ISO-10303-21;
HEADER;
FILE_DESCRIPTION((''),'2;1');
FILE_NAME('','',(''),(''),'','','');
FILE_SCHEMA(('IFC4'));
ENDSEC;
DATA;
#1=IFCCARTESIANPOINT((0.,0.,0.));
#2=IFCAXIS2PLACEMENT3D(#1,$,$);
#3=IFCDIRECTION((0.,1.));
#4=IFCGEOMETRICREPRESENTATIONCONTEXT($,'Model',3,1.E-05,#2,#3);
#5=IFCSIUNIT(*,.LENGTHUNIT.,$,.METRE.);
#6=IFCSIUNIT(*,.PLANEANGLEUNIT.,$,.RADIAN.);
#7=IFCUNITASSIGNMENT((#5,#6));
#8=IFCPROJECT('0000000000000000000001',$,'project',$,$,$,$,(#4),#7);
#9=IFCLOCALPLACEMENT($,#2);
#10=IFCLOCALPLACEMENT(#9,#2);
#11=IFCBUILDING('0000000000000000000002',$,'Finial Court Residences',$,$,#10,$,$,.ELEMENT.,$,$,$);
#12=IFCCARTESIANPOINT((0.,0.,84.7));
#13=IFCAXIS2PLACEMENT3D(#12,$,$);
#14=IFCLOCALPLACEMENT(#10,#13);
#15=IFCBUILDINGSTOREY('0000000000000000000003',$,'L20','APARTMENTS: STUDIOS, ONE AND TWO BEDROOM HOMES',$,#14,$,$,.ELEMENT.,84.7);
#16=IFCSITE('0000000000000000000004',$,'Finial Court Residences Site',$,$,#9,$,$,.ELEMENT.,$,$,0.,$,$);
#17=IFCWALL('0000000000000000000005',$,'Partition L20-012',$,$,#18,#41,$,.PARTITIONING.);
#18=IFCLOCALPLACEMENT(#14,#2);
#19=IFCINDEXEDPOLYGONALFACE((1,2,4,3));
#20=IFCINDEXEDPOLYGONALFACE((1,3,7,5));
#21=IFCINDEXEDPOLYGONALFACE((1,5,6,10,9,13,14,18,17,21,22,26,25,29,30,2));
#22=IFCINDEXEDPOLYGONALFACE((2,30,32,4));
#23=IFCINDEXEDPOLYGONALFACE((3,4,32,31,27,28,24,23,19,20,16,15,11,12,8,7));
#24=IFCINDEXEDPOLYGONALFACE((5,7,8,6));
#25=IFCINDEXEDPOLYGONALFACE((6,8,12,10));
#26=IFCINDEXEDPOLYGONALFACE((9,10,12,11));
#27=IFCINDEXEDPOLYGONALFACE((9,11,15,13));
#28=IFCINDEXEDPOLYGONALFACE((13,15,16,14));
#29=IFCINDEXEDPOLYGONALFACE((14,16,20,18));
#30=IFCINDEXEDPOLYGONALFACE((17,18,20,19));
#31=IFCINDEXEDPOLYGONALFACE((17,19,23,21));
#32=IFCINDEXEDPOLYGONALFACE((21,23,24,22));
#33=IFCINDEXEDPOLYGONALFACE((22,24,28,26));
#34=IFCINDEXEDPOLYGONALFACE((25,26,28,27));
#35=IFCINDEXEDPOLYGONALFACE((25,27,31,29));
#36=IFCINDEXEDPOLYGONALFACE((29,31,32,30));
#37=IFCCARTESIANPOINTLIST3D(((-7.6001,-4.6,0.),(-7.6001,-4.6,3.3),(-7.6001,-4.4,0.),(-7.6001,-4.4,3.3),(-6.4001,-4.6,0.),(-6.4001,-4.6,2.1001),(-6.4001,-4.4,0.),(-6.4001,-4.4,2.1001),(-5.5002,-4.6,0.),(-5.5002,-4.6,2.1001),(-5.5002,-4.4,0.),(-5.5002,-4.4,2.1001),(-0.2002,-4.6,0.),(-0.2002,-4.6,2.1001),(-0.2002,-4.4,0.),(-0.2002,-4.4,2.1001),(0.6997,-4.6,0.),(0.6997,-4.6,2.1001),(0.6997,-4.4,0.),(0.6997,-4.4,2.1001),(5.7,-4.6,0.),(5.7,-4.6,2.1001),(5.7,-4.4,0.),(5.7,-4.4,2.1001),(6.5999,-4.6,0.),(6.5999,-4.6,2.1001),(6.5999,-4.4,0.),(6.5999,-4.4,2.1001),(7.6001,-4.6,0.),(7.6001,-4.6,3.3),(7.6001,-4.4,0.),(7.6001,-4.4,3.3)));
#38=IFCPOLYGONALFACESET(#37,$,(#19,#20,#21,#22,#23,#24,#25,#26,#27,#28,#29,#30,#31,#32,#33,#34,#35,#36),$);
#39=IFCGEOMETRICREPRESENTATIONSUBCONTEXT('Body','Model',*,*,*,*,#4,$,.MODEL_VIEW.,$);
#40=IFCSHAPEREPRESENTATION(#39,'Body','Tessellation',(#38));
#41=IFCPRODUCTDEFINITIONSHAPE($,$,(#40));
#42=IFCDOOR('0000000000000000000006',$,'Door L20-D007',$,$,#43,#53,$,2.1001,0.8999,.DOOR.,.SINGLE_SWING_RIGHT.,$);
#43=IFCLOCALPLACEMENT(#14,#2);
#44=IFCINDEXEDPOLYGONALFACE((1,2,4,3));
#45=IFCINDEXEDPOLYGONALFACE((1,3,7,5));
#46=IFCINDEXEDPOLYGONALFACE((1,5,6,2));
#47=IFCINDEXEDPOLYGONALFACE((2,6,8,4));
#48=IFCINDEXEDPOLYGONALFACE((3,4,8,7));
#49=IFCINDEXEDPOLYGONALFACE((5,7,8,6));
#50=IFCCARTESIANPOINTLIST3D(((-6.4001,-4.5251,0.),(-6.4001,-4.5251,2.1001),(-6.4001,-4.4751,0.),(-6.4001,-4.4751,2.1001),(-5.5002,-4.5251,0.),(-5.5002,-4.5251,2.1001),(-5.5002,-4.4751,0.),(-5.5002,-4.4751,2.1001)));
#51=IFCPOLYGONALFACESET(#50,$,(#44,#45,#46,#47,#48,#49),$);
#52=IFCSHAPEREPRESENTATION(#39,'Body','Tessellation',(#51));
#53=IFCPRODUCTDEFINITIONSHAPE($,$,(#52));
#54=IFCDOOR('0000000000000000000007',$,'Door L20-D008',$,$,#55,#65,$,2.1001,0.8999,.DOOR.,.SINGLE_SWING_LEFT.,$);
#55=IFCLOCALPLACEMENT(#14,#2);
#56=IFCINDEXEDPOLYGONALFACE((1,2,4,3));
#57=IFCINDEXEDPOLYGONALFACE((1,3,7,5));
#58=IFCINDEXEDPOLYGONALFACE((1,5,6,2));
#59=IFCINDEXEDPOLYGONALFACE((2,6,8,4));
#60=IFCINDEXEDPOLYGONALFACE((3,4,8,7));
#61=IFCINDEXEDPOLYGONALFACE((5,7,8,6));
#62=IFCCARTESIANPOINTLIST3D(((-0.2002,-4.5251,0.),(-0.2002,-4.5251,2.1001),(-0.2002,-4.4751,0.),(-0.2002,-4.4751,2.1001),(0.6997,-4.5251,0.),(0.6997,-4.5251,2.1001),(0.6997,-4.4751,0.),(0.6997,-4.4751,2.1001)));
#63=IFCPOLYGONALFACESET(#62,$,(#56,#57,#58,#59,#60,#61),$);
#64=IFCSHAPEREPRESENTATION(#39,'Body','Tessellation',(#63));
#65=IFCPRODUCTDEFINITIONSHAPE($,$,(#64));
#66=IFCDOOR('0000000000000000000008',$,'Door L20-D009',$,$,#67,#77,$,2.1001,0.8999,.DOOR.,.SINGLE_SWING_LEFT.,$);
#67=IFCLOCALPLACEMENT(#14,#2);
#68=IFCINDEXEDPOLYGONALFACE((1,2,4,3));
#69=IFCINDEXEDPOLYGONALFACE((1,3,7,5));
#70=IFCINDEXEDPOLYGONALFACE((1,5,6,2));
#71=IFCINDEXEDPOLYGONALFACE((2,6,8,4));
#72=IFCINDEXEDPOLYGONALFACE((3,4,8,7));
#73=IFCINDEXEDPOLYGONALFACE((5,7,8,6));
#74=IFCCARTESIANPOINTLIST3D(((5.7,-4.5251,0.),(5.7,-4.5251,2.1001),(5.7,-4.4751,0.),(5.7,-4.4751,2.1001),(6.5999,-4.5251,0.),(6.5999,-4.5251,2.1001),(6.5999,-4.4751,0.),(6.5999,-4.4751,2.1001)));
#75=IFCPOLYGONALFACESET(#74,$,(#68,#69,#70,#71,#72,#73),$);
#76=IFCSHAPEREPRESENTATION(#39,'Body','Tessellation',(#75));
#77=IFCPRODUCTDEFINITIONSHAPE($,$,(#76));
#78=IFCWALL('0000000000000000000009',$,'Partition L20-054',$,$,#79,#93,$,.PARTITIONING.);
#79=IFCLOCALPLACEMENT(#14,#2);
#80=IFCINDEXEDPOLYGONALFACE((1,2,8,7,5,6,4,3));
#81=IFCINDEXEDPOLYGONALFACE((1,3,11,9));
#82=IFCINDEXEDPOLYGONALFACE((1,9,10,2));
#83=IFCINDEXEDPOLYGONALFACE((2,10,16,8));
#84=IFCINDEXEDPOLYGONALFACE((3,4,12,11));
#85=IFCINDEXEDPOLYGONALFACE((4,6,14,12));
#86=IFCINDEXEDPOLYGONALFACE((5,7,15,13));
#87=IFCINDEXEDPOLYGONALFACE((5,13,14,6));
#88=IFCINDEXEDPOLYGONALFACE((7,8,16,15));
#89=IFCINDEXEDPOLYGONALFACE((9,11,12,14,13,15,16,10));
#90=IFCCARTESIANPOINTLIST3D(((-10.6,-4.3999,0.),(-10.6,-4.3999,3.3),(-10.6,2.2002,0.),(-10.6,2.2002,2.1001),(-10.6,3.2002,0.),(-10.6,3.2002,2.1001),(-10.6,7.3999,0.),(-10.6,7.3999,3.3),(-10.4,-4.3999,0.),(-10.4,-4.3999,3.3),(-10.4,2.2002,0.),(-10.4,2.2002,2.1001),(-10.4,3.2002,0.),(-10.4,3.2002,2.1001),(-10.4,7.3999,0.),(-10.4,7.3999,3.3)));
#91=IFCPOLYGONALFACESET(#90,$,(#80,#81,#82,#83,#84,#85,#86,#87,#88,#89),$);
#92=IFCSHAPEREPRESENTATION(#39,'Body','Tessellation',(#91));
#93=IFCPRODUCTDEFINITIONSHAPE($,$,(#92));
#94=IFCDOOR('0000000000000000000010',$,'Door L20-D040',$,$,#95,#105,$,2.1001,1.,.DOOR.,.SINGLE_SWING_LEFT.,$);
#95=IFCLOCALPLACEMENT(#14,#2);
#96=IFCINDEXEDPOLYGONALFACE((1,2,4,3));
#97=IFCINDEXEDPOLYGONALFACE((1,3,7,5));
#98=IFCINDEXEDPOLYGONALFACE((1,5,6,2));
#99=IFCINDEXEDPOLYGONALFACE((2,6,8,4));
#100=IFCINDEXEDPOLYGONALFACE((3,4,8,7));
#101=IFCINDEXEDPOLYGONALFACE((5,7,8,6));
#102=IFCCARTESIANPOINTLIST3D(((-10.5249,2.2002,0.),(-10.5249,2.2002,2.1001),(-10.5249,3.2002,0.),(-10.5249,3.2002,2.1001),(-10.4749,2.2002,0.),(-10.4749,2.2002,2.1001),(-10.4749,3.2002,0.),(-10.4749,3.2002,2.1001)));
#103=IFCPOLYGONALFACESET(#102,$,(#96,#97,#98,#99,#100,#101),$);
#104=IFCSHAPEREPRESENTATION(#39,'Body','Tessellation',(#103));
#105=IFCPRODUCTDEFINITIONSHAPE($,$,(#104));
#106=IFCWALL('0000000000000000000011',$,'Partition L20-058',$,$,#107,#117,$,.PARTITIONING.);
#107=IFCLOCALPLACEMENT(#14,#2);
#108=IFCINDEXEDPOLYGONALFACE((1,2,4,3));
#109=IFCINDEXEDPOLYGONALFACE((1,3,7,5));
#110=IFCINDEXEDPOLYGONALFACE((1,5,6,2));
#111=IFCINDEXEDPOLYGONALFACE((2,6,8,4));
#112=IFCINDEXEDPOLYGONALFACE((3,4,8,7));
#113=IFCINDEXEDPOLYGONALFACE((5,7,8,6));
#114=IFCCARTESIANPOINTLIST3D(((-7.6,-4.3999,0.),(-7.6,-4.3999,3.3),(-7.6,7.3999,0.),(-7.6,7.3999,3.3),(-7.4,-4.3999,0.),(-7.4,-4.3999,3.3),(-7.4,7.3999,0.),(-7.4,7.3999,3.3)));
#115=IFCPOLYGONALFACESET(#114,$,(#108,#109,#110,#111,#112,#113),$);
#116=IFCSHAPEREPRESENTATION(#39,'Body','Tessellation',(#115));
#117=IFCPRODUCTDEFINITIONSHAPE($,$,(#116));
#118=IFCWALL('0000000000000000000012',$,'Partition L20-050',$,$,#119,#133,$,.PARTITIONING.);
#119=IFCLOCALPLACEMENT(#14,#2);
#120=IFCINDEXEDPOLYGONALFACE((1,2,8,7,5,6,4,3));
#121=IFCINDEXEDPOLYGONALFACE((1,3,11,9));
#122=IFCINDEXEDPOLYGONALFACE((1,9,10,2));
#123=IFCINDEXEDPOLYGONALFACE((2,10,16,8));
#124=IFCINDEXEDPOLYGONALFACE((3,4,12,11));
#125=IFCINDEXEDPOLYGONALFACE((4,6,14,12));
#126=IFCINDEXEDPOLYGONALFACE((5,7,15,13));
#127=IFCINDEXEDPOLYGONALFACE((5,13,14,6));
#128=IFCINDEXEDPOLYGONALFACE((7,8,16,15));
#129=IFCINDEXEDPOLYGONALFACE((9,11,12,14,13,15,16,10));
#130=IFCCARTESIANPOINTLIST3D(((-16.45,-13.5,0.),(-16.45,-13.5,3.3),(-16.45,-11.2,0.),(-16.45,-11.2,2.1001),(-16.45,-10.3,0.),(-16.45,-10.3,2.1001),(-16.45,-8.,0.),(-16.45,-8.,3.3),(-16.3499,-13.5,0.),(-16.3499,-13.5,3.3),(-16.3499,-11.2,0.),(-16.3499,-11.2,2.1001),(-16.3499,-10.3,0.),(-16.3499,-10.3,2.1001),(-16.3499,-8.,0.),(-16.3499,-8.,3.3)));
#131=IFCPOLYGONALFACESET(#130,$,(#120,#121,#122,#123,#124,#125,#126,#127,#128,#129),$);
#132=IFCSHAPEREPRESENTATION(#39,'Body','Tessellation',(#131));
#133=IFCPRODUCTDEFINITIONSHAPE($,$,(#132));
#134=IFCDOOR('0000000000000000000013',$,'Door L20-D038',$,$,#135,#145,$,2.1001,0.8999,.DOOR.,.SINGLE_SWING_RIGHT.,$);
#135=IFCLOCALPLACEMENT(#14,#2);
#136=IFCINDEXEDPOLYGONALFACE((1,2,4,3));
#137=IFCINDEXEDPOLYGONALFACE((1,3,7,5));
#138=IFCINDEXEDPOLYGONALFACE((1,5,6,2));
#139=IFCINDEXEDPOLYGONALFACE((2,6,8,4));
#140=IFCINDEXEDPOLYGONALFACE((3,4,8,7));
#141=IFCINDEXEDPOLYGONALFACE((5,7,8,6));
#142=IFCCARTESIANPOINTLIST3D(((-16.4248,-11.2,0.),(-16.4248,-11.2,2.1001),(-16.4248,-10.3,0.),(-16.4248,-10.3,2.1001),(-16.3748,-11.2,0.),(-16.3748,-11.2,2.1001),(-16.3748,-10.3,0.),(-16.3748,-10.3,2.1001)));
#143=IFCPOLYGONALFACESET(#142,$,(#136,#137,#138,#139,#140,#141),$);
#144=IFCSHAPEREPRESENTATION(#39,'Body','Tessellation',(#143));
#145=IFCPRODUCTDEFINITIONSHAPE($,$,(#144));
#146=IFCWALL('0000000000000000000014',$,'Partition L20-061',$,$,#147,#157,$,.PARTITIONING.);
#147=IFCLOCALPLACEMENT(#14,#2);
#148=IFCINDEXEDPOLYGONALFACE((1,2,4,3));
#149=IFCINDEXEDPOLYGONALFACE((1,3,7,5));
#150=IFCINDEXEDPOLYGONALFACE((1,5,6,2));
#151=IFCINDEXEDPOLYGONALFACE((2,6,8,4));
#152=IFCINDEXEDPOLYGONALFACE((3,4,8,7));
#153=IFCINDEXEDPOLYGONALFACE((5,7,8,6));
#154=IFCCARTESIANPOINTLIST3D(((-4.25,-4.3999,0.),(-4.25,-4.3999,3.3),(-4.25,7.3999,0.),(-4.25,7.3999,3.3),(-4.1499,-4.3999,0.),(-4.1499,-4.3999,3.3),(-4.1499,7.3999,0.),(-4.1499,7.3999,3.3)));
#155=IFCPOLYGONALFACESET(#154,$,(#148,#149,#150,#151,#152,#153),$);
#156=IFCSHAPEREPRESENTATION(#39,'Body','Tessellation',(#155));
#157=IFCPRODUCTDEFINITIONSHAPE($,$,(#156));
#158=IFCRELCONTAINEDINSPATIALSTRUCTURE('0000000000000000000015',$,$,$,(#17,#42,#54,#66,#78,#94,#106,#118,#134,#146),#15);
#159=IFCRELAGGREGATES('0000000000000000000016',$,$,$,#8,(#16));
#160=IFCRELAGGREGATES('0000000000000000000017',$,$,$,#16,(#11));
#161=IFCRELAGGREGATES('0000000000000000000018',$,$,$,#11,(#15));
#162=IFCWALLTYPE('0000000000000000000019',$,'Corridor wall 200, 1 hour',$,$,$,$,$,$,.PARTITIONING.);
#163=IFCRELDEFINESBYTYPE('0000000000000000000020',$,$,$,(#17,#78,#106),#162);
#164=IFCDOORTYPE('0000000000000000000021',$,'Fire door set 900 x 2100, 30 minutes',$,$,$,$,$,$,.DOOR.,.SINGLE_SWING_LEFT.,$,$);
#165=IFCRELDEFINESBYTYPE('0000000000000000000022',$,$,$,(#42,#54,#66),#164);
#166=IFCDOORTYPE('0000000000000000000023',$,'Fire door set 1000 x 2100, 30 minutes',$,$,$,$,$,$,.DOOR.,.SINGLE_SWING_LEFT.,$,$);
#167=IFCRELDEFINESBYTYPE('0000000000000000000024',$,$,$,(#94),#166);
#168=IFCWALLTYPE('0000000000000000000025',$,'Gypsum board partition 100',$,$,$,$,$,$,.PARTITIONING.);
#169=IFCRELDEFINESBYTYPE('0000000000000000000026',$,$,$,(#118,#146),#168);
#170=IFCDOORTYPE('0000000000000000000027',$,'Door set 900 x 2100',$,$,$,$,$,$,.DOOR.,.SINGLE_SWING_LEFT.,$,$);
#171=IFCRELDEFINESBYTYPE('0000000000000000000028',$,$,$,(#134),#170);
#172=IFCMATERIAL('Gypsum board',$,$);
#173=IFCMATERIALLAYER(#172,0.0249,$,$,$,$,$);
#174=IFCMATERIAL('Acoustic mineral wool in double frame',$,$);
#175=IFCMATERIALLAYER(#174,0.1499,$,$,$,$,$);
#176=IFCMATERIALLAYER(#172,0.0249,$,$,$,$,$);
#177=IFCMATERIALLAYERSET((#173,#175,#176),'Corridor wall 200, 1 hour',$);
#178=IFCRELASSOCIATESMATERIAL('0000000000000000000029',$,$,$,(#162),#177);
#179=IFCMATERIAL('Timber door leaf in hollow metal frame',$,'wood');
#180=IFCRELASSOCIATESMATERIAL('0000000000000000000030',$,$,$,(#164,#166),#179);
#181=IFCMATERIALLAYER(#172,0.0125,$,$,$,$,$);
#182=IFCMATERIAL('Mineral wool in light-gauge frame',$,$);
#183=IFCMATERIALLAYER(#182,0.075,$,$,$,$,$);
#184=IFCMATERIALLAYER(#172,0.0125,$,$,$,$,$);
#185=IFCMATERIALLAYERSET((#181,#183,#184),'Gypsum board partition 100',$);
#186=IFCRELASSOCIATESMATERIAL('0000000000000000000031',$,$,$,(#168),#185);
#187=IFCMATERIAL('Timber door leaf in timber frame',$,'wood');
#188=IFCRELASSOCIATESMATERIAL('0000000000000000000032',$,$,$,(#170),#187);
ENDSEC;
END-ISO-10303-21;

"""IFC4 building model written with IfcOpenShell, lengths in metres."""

from ifc_helpers import new_model, si_unit, direction, frame, frame_2d, origin, place, context, subcontext, project, spatial, rectangle, extrude, material, layer, layer_set, type_object, element, fill, save


model = new_model("IFC4")

# Units and contexts
model_context = context("Model", 3, precision=1e-05, world=origin(), true_north=direction((0.0, 1.0)))
body_context = subcontext(model_context, "Body", "Model", "MODEL_VIEW")
ifc_project = project(units=[si_unit("LENGTHUNIT", "METRE"), si_unit("PLANEANGLEUNIT", "RADIAN")], contexts=[model_context])

# Site, building, storey
site_placement = place(None, origin())
site = spatial("IfcSite", under=ifc_project, at=site_placement, Name="Finial Court Residences Site", CompositionType="ELEMENT", RefElevation=0.0)
building_placement = place(site_placement, origin())
building = spatial("IfcBuilding", under=site, at=building_placement, Name="Finial Court Residences", CompositionType="ELEMENT")
storey_placement = place(building_placement, frame((0.0, 0.0, 84.7)))
storey = spatial("IfcBuildingStorey", under=building, at=storey_placement, Name="L20", Description="APARTMENTS: STUDIOS, ONE AND TWO BEDROOM HOMES", CompositionType="ELEMENT", Elevation=84.7)

# Wall, openings, doors
ifc_material_1 = material(Name="Gypsum board")
ifc_layer_1 = layer(ifc_material_1, 0.0249)
ifc_material_2 = material(Name="Acoustic mineral wool in double frame")
ifc_layer_2 = layer(ifc_material_2, 0.1499)
ifc_layer_3 = layer(ifc_material_1, 0.0249)
ifc_layer_set_1 = layer_set([ifc_layer_1, ifc_layer_2, ifc_layer_3], Name="Corridor wall 200, 1 hour")
wall_type_1 = type_object("IfcWallType", Name="Corridor wall 200, 1 hour", PredefinedType="PARTITIONING", material=ifc_layer_set_1)
wall_1_placement = place(storey_placement, frame((-7.6001, -4.5, 0.0), z_axis=(0.0, 0.0, 1.0), x_axis=(1.0, 0.0, 0.0)))
wall_1 = element("IfcWall", 1, at=wall_1_placement, inside=storey, type_object=wall_type_1, Name="Partition L20-012", PredefinedType="PARTITIONING", context=body_context, shape_type="SweptSolid", body=[
    extrude(rectangle(XDim=15.2002, YDim=0.2, at=frame_2d((7.6001, 0.0))), origin(), (0.0, 0.0, 1.0), 3.3),
])
opening_1_placement = place(wall_1_placement, frame((1.2, 0.0, 0.0)))
opening_1 = element("IfcOpeningElement", 2, at=opening_1_placement, cuts=wall_1, PredefinedType="OPENING", context=body_context, shape_type="SweptSolid", body=[
    extrude(rectangle(XDim=0.8999, YDim=2.1001, at=frame_2d((0.45, 1.05))), frame((0.0, 0.1099, 0.0), z_axis=(0.0, -1.0, 0.0), x_axis=(1.0, 0.0, 0.0)), (0.0, 0.0, 1.0), 0.22),
])
opening_2_placement = place(wall_1_placement, frame((7.3999, 0.0, 0.0)))
opening_2 = element("IfcOpeningElement", 3, at=opening_2_placement, cuts=wall_1, PredefinedType="OPENING", context=body_context, shape_type="SweptSolid", body=[
    extrude(rectangle(XDim=0.8999, YDim=2.1001, at=frame_2d((0.45, 1.05))), frame((0.0, 0.1099, 0.0), z_axis=(0.0, -1.0, 0.0), x_axis=(1.0, 0.0, 0.0)), (0.0, 0.0, 1.0), 0.22),
])
opening_3_placement = place(wall_1_placement, frame((13.3, 0.0, 0.0)))
opening_3 = element("IfcOpeningElement", 4, at=opening_3_placement, cuts=wall_1, PredefinedType="OPENING", context=body_context, shape_type="SweptSolid", body=[
    extrude(rectangle(XDim=0.8999, YDim=2.1001, at=frame_2d((0.45, 1.05))), frame((0.0, 0.1099, 0.0), z_axis=(0.0, -1.0, 0.0), x_axis=(1.0, 0.0, 0.0)), (0.0, 0.0, 1.0), 0.22),
])
ifc_material_3 = material(Name="Timber door leaf in hollow metal frame", Category="wood")
door_type_1 = type_object("IfcDoorType", Name="Fire door set 900 x 2100, 30 minutes", OperationType="SINGLE_SWING_LEFT", PredefinedType="DOOR", material=ifc_material_3)
door_1_placement = place(opening_1_placement, origin())
door_1 = element("IfcDoor", 5, at=door_1_placement, inside=storey, type_object=door_type_1, Name="Door L20-D007", OperationType="SINGLE_SWING_RIGHT", OverallHeight=2.1001, OverallWidth=0.8999, PredefinedType="DOOR", context=body_context, shape_type="SweptSolid", body=[
    extrude(rectangle(XDim=0.8999, YDim=2.1001, at=frame_2d((0.45, 1.05))), frame((0.0, 0.0249, 0.0), z_axis=(0.0, -1.0, 0.0), x_axis=(1.0, 0.0, 0.0)), (0.0, 0.0, 1.0), 0.05),
])
fill(opening_1, door_1)
door_2_placement = place(opening_2_placement, origin())
door_2 = element("IfcDoor", 6, at=door_2_placement, inside=storey, type_object=door_type_1, Name="Door L20-D008", OperationType="SINGLE_SWING_LEFT", OverallHeight=2.1001, OverallWidth=0.8999, PredefinedType="DOOR", context=body_context, shape_type="SweptSolid", body=[
    extrude(rectangle(XDim=0.8999, YDim=2.1001, at=frame_2d((0.45, 1.05))), frame((0.0, 0.0249, 0.0), z_axis=(0.0, -1.0, 0.0), x_axis=(1.0, 0.0, 0.0)), (0.0, 0.0, 1.0), 0.05),
])
fill(opening_2, door_2)
door_3_placement = place(opening_3_placement, origin())
door_3 = element("IfcDoor", 7, at=door_3_placement, inside=storey, type_object=door_type_1, Name="Door L20-D009", OperationType="SINGLE_SWING_LEFT", OverallHeight=2.1001, OverallWidth=0.8999, PredefinedType="DOOR", context=body_context, shape_type="SweptSolid", body=[
    extrude(rectangle(XDim=0.8999, YDim=2.1001, at=frame_2d((0.45, 1.05))), frame((0.0, 0.0249, 0.0), z_axis=(0.0, -1.0, 0.0), x_axis=(1.0, 0.0, 0.0)), (0.0, 0.0, 1.0), 0.05),
])
fill(opening_3, door_3)

# Wall, opening, door
wall_2_placement = place(storey_placement, frame((-10.5, -4.3999, 0.0), z_axis=(0.0, 0.0, 1.0), x_axis=(0.0, 1.0, 0.0)))
wall_2 = element("IfcWall", 8, at=wall_2_placement, inside=storey, type_object=wall_type_1, Name="Partition L20-054", PredefinedType="PARTITIONING", context=body_context, shape_type="SweptSolid", body=[
    extrude(rectangle(XDim=11.7998, YDim=0.2, at=frame_2d((5.8999, 0.0))), origin(), (0.0, 0.0, 1.0), 3.3),
])
opening_4_placement = place(wall_2_placement, frame((6.6001, 0.0, 0.0)))
opening_4 = element("IfcOpeningElement", 9, at=opening_4_placement, cuts=wall_2, PredefinedType="OPENING", context=body_context, shape_type="SweptSolid", body=[
    extrude(rectangle(XDim=1.0, YDim=2.1001, at=frame_2d((0.5, 1.05))), frame((0.0, 0.1099, 0.0), z_axis=(0.0, -1.0, 0.0), x_axis=(1.0, 0.0, 0.0)), (0.0, 0.0, 1.0), 0.22),
])
door_type_2 = type_object("IfcDoorType", Name="Fire door set 1000 x 2100, 30 minutes", OperationType="SINGLE_SWING_LEFT", PredefinedType="DOOR", material=ifc_material_3)
door_4_placement = place(opening_4_placement, origin())
door_4 = element("IfcDoor", 10, at=door_4_placement, inside=storey, type_object=door_type_2, Name="Door L20-D040", OperationType="SINGLE_SWING_LEFT", OverallHeight=2.1001, OverallWidth=1.0, PredefinedType="DOOR", context=body_context, shape_type="SweptSolid", body=[
    extrude(rectangle(XDim=1.0, YDim=2.1001, at=frame_2d((0.5, 1.05))), frame((0.0, 0.0249, 0.0), z_axis=(0.0, -1.0, 0.0), x_axis=(1.0, 0.0, 0.0)), (0.0, 0.0, 1.0), 0.05),
])
fill(opening_4, door_4)

# Wall
wall_3_placement = place(storey_placement, frame((-7.5, -4.3999, 0.0), z_axis=(0.0, 0.0, 1.0), x_axis=(0.0, 1.0, 0.0)))
element("IfcWall", 11, at=wall_3_placement, inside=storey, type_object=wall_type_1, Name="Partition L20-058", PredefinedType="PARTITIONING", context=body_context, shape_type="SweptSolid", body=[
    extrude(rectangle(XDim=11.7998, YDim=0.2, at=frame_2d((5.8999, 0.0))), origin(), (0.0, 0.0, 1.0), 3.3),
])

# Wall, opening, door
ifc_layer_4 = layer(ifc_material_1, 0.0125)
ifc_material_4 = material(Name="Mineral wool in light-gauge frame")
ifc_layer_5 = layer(ifc_material_4, 0.075)
ifc_layer_6 = layer(ifc_material_1, 0.0125)
ifc_layer_set_2 = layer_set([ifc_layer_4, ifc_layer_5, ifc_layer_6], Name="Gypsum board partition 100")
wall_type_2 = type_object("IfcWallType", Name="Gypsum board partition 100", PredefinedType="PARTITIONING", material=ifc_layer_set_2)
wall_4_placement = place(storey_placement, frame((-16.3999, -13.5, 0.0), z_axis=(0.0, 0.0, 1.0), x_axis=(0.0, 1.0, 0.0)))
wall_4 = element("IfcWall", 12, at=wall_4_placement, inside=storey, type_object=wall_type_2, Name="Partition L20-050", PredefinedType="PARTITIONING", context=body_context, shape_type="SweptSolid", body=[
    extrude(rectangle(XDim=5.5, YDim=0.1001, at=frame_2d((2.75, 0.0))), origin(), (0.0, 0.0, 1.0), 3.3),
])
opening_5_placement = place(wall_4_placement, frame((2.3, 0.0, 0.0)))
opening_5 = element("IfcOpeningElement", 13, at=opening_5_placement, cuts=wall_4, PredefinedType="OPENING", context=body_context, shape_type="SweptSolid", body=[
    extrude(rectangle(XDim=0.8999, YDim=2.1001, at=frame_2d((0.45, 1.05))), frame((0.0, 0.0601, 0.0), z_axis=(0.0, -1.0, 0.0), x_axis=(1.0, 0.0, 0.0)), (0.0, 0.0, 1.0), 0.1201),
])
ifc_material_5 = material(Name="Timber door leaf in timber frame", Category="wood")
door_type_3 = type_object("IfcDoorType", Name="Door set 900 x 2100", OperationType="SINGLE_SWING_LEFT", PredefinedType="DOOR", material=ifc_material_5)
door_5_placement = place(opening_5_placement, origin())
door_5 = element("IfcDoor", 14, at=door_5_placement, inside=storey, type_object=door_type_3, Name="Door L20-D038", OperationType="SINGLE_SWING_RIGHT", OverallHeight=2.1001, OverallWidth=0.8999, PredefinedType="DOOR", context=body_context, shape_type="SweptSolid", body=[
    extrude(rectangle(XDim=0.8999, YDim=2.1001, at=frame_2d((0.45, 1.05))), frame((0.0, 0.0249, 0.0), z_axis=(0.0, -1.0, 0.0), x_axis=(1.0, 0.0, 0.0)), (0.0, 0.0, 1.0), 0.05),
])
fill(opening_5, door_5)

# Wall
wall_5_placement = place(storey_placement, frame((-4.2, -4.3999, 0.0), z_axis=(0.0, 0.0, 1.0), x_axis=(0.0, 1.0, 0.0)))
element("IfcWall", 15, at=wall_5_placement, inside=storey, type_object=wall_type_2, Name="Partition L20-061", PredefinedType="PARTITIONING", context=body_context, shape_type="SweptSolid", body=[
    extrude(rectangle(XDim=11.7998, YDim=0.1001, at=frame_2d((5.8999, 0.0))), origin(), (0.0, 0.0, 1.0), 3.3),
])

save(model, "model.ifc")
